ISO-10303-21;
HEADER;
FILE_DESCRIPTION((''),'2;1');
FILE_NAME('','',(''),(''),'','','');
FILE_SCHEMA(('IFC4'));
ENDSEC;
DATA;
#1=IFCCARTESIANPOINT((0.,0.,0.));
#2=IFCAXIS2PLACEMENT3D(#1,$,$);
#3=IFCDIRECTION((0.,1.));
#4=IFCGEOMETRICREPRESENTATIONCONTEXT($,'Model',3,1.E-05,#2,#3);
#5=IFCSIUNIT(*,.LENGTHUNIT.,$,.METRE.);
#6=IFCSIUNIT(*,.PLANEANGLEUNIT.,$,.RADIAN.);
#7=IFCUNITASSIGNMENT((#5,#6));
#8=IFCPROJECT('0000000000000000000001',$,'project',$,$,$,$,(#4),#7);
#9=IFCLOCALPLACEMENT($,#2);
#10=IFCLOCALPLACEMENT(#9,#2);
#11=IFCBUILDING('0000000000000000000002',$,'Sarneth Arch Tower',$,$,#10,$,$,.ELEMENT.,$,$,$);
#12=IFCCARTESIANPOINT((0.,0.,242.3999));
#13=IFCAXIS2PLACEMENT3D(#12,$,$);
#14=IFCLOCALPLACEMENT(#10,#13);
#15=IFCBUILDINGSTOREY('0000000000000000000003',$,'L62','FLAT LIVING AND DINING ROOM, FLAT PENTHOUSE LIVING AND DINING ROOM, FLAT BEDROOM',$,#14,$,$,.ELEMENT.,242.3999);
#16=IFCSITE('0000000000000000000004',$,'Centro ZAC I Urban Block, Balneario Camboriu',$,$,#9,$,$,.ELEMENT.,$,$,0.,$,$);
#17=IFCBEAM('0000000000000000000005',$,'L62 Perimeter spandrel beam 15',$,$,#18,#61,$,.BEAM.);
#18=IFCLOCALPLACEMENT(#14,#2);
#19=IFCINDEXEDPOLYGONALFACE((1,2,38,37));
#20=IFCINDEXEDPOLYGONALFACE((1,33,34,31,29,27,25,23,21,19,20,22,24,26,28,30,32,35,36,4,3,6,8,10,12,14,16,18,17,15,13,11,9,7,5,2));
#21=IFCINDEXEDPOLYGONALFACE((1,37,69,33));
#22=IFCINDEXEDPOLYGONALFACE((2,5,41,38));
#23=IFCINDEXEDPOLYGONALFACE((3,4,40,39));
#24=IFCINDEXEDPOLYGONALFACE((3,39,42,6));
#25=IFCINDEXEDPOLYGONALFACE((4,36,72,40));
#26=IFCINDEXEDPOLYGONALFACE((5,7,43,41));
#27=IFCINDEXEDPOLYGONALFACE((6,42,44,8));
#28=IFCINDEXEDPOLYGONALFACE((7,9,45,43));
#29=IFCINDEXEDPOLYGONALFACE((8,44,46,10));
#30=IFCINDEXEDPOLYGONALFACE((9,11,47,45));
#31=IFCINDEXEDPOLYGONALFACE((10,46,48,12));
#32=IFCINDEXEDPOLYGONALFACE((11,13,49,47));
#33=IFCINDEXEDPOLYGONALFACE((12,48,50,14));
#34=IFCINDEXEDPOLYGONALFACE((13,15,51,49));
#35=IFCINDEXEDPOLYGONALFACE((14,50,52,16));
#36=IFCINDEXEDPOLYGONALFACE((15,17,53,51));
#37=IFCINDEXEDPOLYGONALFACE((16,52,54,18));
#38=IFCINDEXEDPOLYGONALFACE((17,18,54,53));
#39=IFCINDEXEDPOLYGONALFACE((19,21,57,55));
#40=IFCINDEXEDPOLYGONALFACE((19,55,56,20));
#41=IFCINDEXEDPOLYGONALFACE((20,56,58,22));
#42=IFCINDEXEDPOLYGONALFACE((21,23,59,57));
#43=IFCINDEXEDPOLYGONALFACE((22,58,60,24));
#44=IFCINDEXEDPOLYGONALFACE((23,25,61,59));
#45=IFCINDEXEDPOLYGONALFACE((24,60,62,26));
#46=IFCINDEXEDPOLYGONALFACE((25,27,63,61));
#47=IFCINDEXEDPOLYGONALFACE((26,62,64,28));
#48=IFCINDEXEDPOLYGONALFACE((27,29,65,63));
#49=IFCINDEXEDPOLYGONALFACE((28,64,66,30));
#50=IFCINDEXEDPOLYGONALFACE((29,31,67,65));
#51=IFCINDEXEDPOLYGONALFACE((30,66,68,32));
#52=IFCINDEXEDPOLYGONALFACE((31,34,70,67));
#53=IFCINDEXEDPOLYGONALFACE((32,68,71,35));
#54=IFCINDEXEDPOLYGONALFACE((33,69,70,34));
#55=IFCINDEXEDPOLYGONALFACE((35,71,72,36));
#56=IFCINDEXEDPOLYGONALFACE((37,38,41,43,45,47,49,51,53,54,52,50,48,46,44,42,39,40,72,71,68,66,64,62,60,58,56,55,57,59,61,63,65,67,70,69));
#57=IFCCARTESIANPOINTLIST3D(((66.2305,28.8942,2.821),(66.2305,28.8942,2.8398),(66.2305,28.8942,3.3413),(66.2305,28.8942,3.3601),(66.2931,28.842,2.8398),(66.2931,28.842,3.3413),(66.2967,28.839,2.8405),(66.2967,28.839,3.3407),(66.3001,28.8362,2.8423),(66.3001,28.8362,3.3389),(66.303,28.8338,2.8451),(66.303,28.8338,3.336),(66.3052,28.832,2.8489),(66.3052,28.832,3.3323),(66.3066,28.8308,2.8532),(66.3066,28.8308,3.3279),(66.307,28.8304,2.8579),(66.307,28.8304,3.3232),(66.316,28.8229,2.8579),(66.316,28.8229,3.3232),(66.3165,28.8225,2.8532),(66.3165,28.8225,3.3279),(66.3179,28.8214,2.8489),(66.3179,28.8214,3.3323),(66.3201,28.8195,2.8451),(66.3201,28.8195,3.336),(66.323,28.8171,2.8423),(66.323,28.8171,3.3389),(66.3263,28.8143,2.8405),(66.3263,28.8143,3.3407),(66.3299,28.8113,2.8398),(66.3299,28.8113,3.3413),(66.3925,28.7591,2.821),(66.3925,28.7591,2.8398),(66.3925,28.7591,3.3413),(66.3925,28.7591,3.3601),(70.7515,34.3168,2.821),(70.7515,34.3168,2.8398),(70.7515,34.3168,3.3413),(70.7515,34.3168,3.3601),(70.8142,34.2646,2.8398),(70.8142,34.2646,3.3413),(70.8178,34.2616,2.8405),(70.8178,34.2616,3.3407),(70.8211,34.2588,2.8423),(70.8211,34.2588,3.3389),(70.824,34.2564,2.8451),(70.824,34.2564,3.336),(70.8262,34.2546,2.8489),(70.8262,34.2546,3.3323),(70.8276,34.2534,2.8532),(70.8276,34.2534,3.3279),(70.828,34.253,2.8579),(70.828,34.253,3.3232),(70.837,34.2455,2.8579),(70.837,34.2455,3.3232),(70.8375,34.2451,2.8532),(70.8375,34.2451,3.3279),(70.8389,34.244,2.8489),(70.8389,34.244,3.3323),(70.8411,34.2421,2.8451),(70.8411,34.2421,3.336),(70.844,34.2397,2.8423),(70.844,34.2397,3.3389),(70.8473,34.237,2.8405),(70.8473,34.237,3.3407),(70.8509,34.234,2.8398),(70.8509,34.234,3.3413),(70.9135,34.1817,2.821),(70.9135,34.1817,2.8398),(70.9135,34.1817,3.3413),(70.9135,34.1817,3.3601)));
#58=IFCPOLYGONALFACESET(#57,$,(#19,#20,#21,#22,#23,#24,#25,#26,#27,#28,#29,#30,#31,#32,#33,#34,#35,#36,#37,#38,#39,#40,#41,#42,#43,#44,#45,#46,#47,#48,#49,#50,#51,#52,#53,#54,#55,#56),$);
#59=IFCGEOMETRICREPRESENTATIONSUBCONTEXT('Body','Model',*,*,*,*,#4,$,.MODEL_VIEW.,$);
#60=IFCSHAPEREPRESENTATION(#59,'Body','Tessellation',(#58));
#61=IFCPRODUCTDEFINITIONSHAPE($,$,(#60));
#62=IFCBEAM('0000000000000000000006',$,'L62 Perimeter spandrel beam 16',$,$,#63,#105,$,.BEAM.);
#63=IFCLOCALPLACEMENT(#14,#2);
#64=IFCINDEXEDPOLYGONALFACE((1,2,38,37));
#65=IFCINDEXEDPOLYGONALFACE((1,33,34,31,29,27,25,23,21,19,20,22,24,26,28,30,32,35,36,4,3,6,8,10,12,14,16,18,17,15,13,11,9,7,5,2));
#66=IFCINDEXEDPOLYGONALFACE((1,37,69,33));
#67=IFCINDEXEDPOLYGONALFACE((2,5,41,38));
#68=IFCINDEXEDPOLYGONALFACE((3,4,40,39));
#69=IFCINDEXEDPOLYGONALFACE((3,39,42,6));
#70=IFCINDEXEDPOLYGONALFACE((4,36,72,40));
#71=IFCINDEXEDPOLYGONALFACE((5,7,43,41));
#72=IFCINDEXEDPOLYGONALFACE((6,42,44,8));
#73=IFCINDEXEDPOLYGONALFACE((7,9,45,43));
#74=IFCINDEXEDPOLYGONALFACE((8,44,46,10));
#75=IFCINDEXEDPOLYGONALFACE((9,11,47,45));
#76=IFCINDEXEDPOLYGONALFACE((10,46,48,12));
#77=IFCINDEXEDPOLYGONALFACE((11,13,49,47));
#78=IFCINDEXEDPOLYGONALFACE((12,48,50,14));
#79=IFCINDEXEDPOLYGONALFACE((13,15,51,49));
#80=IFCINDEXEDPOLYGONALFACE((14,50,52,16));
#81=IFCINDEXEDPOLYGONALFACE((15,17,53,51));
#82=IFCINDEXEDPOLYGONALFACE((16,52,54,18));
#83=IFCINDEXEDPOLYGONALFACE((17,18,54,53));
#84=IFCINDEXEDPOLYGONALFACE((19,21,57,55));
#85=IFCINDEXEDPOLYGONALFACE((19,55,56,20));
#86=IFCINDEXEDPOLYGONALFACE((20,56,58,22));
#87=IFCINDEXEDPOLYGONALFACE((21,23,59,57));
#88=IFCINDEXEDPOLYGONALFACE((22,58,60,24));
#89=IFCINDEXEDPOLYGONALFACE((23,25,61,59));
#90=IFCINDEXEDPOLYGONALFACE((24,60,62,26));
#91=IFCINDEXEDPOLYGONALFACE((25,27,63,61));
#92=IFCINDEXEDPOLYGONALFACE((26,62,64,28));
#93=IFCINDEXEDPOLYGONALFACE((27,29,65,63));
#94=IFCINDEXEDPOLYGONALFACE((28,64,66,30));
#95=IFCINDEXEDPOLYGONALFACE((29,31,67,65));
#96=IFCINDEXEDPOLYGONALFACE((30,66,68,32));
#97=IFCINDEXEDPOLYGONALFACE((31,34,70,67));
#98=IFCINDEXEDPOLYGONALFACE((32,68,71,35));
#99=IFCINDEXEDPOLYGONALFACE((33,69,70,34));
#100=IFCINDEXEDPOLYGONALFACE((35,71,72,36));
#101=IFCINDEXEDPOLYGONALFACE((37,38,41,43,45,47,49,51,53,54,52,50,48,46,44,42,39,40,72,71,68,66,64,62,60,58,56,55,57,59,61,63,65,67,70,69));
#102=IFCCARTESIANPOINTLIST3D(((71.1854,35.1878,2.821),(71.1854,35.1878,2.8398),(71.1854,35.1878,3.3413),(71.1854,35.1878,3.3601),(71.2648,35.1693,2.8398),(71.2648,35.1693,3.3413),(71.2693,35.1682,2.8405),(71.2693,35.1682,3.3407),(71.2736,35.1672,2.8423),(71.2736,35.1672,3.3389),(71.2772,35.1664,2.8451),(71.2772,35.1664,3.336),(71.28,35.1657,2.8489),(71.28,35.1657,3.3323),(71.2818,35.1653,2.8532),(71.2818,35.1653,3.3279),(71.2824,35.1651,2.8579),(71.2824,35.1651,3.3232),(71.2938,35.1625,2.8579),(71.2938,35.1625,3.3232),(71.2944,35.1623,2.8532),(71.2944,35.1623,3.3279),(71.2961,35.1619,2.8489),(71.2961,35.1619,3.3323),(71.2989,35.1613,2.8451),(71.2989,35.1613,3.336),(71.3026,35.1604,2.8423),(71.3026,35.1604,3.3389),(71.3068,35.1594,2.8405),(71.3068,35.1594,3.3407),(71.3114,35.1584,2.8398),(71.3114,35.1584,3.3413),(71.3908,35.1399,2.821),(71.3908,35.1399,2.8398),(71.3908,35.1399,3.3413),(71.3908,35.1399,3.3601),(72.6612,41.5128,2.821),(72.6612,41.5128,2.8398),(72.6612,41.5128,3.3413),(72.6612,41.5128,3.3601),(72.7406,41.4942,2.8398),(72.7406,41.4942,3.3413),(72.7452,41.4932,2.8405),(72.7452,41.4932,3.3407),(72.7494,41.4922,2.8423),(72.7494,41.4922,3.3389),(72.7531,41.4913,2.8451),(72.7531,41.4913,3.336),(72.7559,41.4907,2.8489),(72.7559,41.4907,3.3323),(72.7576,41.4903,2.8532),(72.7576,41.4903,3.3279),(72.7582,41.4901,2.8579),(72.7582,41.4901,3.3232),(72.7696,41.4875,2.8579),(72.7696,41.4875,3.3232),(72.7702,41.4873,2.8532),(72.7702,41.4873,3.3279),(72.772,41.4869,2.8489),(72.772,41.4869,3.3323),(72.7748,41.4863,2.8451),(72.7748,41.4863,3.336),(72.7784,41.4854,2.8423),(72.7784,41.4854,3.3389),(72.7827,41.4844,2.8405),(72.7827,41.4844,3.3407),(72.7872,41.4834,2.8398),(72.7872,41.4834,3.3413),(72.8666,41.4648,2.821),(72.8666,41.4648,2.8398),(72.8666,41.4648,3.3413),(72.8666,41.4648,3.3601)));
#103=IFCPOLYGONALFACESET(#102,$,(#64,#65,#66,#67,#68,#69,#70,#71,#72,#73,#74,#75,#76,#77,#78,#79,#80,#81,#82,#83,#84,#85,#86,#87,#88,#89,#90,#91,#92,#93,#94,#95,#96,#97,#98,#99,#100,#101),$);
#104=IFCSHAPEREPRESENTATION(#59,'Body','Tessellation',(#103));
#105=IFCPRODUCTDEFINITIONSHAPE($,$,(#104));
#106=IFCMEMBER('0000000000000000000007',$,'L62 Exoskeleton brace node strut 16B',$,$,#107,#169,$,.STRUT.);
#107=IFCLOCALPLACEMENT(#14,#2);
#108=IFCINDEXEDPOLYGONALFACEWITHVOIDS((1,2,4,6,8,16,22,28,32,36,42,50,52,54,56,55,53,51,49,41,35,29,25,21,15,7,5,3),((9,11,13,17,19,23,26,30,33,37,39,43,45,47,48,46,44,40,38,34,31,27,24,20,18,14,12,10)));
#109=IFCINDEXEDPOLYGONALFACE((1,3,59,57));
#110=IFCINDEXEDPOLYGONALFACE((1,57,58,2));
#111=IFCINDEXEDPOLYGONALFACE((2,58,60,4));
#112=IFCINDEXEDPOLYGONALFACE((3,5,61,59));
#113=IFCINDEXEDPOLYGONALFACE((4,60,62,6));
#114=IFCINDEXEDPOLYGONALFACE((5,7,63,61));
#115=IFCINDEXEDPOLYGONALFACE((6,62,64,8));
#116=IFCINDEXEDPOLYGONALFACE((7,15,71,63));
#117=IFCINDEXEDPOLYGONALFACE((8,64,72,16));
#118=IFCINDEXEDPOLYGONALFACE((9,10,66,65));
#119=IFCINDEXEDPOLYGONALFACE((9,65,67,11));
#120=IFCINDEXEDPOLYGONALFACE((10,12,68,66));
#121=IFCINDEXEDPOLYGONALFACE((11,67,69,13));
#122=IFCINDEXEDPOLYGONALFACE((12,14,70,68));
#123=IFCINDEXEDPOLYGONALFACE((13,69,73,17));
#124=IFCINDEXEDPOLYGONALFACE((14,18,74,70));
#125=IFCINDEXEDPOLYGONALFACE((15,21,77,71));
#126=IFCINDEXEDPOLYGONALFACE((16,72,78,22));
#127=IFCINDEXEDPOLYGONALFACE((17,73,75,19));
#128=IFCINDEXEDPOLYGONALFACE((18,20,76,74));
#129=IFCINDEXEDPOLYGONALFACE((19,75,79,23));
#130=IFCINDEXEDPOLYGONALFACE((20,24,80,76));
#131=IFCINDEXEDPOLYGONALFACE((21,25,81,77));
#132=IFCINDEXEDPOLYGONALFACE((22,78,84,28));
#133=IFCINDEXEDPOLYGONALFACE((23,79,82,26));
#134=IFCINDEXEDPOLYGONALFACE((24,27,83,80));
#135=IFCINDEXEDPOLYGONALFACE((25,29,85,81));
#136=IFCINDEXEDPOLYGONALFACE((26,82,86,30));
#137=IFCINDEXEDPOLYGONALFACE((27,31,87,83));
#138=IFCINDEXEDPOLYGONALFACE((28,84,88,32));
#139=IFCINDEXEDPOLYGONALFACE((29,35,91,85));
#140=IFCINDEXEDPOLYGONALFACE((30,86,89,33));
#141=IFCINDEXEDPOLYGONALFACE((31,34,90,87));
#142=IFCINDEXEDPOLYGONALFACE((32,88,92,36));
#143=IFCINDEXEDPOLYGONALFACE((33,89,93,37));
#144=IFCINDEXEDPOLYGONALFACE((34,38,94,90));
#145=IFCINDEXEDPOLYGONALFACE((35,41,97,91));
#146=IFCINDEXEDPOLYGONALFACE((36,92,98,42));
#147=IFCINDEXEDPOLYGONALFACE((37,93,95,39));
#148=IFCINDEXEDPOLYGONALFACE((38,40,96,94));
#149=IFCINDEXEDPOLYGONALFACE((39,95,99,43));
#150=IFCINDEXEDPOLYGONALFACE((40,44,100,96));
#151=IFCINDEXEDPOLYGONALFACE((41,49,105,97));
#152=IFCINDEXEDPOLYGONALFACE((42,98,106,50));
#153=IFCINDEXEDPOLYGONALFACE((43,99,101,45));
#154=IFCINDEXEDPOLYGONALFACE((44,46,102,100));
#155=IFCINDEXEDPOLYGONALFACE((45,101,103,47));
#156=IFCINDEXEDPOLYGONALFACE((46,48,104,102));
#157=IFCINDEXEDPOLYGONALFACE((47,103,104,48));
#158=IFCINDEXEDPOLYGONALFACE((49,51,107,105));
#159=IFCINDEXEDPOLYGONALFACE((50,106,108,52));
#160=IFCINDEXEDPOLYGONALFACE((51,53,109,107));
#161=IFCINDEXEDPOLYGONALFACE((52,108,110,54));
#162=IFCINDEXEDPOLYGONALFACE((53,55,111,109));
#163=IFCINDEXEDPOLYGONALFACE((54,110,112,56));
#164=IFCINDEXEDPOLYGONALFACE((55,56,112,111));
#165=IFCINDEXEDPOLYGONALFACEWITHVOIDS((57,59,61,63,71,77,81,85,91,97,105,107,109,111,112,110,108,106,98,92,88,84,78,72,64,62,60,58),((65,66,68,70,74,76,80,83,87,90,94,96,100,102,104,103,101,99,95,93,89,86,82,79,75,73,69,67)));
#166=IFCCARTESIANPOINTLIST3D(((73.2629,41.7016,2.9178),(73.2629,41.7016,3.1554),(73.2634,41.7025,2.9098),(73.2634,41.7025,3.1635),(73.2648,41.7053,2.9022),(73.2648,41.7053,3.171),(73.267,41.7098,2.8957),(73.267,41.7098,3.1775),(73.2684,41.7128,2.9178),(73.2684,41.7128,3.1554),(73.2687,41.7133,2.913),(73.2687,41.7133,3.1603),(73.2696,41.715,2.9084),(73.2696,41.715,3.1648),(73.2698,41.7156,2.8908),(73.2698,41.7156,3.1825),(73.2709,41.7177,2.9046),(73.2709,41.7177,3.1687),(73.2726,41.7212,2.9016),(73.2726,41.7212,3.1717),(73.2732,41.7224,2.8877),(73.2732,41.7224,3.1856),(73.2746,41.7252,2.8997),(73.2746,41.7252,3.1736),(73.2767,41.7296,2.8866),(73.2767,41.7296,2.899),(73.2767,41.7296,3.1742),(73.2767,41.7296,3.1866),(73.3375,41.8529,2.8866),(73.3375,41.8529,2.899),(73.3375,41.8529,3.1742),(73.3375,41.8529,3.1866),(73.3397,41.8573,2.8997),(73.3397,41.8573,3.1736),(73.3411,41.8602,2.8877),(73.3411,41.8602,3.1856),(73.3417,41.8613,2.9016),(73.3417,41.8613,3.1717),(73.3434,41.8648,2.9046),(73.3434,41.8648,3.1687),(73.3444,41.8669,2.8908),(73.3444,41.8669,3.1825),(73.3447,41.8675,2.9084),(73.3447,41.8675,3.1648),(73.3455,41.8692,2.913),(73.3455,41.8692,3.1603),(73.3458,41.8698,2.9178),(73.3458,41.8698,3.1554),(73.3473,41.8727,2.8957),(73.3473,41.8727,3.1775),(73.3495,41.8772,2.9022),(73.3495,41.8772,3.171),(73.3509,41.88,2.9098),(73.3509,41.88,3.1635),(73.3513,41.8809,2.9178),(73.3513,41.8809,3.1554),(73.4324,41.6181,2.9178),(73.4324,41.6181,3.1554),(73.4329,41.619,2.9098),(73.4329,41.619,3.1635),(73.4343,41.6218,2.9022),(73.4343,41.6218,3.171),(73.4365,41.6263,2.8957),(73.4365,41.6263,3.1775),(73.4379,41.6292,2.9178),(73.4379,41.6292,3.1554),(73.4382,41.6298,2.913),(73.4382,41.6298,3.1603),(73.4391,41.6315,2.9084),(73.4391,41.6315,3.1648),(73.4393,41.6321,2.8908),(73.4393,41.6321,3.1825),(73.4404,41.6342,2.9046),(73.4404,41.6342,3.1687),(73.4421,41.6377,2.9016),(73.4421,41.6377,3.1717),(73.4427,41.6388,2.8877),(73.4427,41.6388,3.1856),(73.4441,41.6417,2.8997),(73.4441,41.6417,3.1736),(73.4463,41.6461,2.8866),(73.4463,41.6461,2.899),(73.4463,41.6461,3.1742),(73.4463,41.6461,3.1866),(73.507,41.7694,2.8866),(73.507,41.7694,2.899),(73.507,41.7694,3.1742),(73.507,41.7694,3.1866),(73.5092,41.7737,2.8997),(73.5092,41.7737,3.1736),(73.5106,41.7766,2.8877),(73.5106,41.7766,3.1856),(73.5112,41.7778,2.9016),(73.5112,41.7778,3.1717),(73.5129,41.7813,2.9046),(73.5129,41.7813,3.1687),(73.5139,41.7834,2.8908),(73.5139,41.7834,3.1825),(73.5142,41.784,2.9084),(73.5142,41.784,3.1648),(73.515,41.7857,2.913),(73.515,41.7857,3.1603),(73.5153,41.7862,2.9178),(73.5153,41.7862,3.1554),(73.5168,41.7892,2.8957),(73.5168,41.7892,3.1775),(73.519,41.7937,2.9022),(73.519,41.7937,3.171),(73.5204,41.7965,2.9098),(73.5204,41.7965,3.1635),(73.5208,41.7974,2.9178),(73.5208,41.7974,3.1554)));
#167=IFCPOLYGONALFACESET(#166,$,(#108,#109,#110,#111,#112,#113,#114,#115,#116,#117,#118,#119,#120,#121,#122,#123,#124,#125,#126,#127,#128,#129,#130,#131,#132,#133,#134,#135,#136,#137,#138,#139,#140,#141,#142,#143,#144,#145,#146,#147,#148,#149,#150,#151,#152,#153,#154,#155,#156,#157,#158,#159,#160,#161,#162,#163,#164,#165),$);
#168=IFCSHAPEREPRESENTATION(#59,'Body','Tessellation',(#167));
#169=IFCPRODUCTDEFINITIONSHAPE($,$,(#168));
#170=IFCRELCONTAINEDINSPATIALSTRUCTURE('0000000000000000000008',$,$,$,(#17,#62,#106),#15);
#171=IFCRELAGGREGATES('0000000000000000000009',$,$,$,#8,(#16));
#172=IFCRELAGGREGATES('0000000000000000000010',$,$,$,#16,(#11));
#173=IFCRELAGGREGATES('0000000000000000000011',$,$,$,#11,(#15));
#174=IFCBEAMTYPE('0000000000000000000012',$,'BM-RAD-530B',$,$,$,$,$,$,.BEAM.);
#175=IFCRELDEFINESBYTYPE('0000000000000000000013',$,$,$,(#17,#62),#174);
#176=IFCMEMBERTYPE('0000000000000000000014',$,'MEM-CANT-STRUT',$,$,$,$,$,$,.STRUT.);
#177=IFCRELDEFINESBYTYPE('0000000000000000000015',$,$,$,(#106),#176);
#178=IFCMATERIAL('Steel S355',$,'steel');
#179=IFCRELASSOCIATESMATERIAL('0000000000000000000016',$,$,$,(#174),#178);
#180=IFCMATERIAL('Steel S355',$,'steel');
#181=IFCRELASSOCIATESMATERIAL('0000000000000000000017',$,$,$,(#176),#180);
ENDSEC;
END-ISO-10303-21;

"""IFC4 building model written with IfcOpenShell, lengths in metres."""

from ifc_helpers import new_model, si_unit, direction, frame, origin, origin_2d, place, context, subcontext, project, spatial, hollow_rectangle, i_section, extrude, material, material_profile, profile_set, type_object, element, save


model = new_model("IFC4")

# Units and contexts
model_context = context("Model", 3, precision=1e-05, world=origin(), true_north=direction((0.0, 1.0)))
body_context = subcontext(model_context, "Body", "Model", "MODEL_VIEW")
ifc_project = project(units=[si_unit("LENGTHUNIT", "METRE"), si_unit("PLANEANGLEUNIT", "RADIAN")], contexts=[model_context])

# Site, building, storey
site_placement = place(None, origin())
site = spatial("IfcSite", under=ifc_project, at=site_placement, Name="Centro ZAC I Urban Block, Balneario Camboriu", CompositionType="ELEMENT", RefElevation=0.0)
building_placement = place(site_placement, origin())
building = spatial("IfcBuilding", under=site, at=building_placement, Name="Sarneth Arch Tower", CompositionType="ELEMENT")
storey_placement = place(building_placement, frame((0.0, 0.0, 242.3999)))
storey = spatial("IfcBuildingStorey", under=building, at=storey_placement, Name="L62", Description="FLAT LIVING AND DINING ROOM, FLAT PENTHOUSE LIVING AND DINING ROOM, FLAT BEDROOM", CompositionType="ELEMENT", Elevation=242.3999)

# Beams
ifc_material_1 = material(Name="Steel S355", Category="steel")
ifc_material_profile_1 = material_profile(ifc_material_1, i_section(OverallWidth=0.2109, OverallDepth=0.5391, WebThickness=0.0117, FlangeThickness=0.0188, FilletRadius=0.0181, at=origin_2d()), Name="W530x109")
ifc_profile_set_1 = profile_set([ifc_material_profile_1], Name="Steel S355")
beam_type_1 = type_object("IfcBeamType", Name="BM-RAD-530B", PredefinedType="BEAM", material=ifc_profile_set_1)
beam_1_placement = place(storey_placement, frame((66.3115, 28.8267, 3.0906), z_axis=(0.640365, 0.768071, 0.0), x_axis=(-0.768071, 0.640365, 0.0)))
element("IfcBeam", 1, at=beam_1_placement, inside=storey, type_object=beam_type_1, Name="L62 Perimeter spandrel beam 15", PredefinedType="BEAM", context=body_context, shape_type="SweptSolid", body=[
    extrude(i_section(OverallWidth=0.2109, OverallDepth=0.5391, WebThickness=0.0117, FlangeThickness=0.0188, FilletRadius=0.0181, at=origin_2d()), origin(), (0.0, 0.0, 1.0), 7.0601),
])
beam_2_placement = place(storey_placement, frame((71.2881, 35.1638, 3.0906), z_axis=(0.227231, 0.973841, 0.0), x_axis=(-0.973841, 0.227231, 0.0)))
element("IfcBeam", 2, at=beam_2_placement, inside=storey, type_object=beam_type_1, Name="L62 Perimeter spandrel beam 16", PredefinedType="BEAM", context=body_context, shape_type="SweptSolid", body=[
    extrude(i_section(OverallWidth=0.2109, OverallDepth=0.5391, WebThickness=0.0117, FlangeThickness=0.0188, FilletRadius=0.0181, at=origin_2d()), origin(), (0.0, 0.0, 1.0), 6.4949),
])

# Member
ifc_material_2 = material(Name="Steel S355", Category="steel")
ifc_material_profile_2 = material_profile(ifc_material_2, hollow_rectangle(XDim=0.2, YDim=0.3, WallThickness=0.0125, InnerFilletRadius=0.0188, OuterFilletRadius=0.0312, at=origin_2d()), Name="RHS300x200x12.5")
ifc_profile_set_2 = profile_set([ifc_material_profile_2], Name="Steel S355")
member_type_1 = type_object("IfcMemberType", Name="MEM-CANT-STRUT", PredefinedType="STRUT", material=ifc_profile_set_2)
member_1_placement = place(storey_placement, frame((73.3071, 41.7913, 3.0366), z_axis=(0.896997, -0.442036, 0.0), x_axis=(0.442036, 0.896997, 0.0)))
element("IfcMember", 3, at=member_1_placement, inside=storey, type_object=member_type_1, Name="L62 Exoskeleton brace node strut 16B", PredefinedType="STRUT", context=body_context, shape_type="SweptSolid", body=[
    extrude(hollow_rectangle(XDim=0.2, YDim=0.3, WallThickness=0.0125, InnerFilletRadius=0.0188, OuterFilletRadius=0.0312, at=origin_2d()), origin(), (0.0, 0.0, 1.0), 0.189),
])

save(model, "model.ifc")
